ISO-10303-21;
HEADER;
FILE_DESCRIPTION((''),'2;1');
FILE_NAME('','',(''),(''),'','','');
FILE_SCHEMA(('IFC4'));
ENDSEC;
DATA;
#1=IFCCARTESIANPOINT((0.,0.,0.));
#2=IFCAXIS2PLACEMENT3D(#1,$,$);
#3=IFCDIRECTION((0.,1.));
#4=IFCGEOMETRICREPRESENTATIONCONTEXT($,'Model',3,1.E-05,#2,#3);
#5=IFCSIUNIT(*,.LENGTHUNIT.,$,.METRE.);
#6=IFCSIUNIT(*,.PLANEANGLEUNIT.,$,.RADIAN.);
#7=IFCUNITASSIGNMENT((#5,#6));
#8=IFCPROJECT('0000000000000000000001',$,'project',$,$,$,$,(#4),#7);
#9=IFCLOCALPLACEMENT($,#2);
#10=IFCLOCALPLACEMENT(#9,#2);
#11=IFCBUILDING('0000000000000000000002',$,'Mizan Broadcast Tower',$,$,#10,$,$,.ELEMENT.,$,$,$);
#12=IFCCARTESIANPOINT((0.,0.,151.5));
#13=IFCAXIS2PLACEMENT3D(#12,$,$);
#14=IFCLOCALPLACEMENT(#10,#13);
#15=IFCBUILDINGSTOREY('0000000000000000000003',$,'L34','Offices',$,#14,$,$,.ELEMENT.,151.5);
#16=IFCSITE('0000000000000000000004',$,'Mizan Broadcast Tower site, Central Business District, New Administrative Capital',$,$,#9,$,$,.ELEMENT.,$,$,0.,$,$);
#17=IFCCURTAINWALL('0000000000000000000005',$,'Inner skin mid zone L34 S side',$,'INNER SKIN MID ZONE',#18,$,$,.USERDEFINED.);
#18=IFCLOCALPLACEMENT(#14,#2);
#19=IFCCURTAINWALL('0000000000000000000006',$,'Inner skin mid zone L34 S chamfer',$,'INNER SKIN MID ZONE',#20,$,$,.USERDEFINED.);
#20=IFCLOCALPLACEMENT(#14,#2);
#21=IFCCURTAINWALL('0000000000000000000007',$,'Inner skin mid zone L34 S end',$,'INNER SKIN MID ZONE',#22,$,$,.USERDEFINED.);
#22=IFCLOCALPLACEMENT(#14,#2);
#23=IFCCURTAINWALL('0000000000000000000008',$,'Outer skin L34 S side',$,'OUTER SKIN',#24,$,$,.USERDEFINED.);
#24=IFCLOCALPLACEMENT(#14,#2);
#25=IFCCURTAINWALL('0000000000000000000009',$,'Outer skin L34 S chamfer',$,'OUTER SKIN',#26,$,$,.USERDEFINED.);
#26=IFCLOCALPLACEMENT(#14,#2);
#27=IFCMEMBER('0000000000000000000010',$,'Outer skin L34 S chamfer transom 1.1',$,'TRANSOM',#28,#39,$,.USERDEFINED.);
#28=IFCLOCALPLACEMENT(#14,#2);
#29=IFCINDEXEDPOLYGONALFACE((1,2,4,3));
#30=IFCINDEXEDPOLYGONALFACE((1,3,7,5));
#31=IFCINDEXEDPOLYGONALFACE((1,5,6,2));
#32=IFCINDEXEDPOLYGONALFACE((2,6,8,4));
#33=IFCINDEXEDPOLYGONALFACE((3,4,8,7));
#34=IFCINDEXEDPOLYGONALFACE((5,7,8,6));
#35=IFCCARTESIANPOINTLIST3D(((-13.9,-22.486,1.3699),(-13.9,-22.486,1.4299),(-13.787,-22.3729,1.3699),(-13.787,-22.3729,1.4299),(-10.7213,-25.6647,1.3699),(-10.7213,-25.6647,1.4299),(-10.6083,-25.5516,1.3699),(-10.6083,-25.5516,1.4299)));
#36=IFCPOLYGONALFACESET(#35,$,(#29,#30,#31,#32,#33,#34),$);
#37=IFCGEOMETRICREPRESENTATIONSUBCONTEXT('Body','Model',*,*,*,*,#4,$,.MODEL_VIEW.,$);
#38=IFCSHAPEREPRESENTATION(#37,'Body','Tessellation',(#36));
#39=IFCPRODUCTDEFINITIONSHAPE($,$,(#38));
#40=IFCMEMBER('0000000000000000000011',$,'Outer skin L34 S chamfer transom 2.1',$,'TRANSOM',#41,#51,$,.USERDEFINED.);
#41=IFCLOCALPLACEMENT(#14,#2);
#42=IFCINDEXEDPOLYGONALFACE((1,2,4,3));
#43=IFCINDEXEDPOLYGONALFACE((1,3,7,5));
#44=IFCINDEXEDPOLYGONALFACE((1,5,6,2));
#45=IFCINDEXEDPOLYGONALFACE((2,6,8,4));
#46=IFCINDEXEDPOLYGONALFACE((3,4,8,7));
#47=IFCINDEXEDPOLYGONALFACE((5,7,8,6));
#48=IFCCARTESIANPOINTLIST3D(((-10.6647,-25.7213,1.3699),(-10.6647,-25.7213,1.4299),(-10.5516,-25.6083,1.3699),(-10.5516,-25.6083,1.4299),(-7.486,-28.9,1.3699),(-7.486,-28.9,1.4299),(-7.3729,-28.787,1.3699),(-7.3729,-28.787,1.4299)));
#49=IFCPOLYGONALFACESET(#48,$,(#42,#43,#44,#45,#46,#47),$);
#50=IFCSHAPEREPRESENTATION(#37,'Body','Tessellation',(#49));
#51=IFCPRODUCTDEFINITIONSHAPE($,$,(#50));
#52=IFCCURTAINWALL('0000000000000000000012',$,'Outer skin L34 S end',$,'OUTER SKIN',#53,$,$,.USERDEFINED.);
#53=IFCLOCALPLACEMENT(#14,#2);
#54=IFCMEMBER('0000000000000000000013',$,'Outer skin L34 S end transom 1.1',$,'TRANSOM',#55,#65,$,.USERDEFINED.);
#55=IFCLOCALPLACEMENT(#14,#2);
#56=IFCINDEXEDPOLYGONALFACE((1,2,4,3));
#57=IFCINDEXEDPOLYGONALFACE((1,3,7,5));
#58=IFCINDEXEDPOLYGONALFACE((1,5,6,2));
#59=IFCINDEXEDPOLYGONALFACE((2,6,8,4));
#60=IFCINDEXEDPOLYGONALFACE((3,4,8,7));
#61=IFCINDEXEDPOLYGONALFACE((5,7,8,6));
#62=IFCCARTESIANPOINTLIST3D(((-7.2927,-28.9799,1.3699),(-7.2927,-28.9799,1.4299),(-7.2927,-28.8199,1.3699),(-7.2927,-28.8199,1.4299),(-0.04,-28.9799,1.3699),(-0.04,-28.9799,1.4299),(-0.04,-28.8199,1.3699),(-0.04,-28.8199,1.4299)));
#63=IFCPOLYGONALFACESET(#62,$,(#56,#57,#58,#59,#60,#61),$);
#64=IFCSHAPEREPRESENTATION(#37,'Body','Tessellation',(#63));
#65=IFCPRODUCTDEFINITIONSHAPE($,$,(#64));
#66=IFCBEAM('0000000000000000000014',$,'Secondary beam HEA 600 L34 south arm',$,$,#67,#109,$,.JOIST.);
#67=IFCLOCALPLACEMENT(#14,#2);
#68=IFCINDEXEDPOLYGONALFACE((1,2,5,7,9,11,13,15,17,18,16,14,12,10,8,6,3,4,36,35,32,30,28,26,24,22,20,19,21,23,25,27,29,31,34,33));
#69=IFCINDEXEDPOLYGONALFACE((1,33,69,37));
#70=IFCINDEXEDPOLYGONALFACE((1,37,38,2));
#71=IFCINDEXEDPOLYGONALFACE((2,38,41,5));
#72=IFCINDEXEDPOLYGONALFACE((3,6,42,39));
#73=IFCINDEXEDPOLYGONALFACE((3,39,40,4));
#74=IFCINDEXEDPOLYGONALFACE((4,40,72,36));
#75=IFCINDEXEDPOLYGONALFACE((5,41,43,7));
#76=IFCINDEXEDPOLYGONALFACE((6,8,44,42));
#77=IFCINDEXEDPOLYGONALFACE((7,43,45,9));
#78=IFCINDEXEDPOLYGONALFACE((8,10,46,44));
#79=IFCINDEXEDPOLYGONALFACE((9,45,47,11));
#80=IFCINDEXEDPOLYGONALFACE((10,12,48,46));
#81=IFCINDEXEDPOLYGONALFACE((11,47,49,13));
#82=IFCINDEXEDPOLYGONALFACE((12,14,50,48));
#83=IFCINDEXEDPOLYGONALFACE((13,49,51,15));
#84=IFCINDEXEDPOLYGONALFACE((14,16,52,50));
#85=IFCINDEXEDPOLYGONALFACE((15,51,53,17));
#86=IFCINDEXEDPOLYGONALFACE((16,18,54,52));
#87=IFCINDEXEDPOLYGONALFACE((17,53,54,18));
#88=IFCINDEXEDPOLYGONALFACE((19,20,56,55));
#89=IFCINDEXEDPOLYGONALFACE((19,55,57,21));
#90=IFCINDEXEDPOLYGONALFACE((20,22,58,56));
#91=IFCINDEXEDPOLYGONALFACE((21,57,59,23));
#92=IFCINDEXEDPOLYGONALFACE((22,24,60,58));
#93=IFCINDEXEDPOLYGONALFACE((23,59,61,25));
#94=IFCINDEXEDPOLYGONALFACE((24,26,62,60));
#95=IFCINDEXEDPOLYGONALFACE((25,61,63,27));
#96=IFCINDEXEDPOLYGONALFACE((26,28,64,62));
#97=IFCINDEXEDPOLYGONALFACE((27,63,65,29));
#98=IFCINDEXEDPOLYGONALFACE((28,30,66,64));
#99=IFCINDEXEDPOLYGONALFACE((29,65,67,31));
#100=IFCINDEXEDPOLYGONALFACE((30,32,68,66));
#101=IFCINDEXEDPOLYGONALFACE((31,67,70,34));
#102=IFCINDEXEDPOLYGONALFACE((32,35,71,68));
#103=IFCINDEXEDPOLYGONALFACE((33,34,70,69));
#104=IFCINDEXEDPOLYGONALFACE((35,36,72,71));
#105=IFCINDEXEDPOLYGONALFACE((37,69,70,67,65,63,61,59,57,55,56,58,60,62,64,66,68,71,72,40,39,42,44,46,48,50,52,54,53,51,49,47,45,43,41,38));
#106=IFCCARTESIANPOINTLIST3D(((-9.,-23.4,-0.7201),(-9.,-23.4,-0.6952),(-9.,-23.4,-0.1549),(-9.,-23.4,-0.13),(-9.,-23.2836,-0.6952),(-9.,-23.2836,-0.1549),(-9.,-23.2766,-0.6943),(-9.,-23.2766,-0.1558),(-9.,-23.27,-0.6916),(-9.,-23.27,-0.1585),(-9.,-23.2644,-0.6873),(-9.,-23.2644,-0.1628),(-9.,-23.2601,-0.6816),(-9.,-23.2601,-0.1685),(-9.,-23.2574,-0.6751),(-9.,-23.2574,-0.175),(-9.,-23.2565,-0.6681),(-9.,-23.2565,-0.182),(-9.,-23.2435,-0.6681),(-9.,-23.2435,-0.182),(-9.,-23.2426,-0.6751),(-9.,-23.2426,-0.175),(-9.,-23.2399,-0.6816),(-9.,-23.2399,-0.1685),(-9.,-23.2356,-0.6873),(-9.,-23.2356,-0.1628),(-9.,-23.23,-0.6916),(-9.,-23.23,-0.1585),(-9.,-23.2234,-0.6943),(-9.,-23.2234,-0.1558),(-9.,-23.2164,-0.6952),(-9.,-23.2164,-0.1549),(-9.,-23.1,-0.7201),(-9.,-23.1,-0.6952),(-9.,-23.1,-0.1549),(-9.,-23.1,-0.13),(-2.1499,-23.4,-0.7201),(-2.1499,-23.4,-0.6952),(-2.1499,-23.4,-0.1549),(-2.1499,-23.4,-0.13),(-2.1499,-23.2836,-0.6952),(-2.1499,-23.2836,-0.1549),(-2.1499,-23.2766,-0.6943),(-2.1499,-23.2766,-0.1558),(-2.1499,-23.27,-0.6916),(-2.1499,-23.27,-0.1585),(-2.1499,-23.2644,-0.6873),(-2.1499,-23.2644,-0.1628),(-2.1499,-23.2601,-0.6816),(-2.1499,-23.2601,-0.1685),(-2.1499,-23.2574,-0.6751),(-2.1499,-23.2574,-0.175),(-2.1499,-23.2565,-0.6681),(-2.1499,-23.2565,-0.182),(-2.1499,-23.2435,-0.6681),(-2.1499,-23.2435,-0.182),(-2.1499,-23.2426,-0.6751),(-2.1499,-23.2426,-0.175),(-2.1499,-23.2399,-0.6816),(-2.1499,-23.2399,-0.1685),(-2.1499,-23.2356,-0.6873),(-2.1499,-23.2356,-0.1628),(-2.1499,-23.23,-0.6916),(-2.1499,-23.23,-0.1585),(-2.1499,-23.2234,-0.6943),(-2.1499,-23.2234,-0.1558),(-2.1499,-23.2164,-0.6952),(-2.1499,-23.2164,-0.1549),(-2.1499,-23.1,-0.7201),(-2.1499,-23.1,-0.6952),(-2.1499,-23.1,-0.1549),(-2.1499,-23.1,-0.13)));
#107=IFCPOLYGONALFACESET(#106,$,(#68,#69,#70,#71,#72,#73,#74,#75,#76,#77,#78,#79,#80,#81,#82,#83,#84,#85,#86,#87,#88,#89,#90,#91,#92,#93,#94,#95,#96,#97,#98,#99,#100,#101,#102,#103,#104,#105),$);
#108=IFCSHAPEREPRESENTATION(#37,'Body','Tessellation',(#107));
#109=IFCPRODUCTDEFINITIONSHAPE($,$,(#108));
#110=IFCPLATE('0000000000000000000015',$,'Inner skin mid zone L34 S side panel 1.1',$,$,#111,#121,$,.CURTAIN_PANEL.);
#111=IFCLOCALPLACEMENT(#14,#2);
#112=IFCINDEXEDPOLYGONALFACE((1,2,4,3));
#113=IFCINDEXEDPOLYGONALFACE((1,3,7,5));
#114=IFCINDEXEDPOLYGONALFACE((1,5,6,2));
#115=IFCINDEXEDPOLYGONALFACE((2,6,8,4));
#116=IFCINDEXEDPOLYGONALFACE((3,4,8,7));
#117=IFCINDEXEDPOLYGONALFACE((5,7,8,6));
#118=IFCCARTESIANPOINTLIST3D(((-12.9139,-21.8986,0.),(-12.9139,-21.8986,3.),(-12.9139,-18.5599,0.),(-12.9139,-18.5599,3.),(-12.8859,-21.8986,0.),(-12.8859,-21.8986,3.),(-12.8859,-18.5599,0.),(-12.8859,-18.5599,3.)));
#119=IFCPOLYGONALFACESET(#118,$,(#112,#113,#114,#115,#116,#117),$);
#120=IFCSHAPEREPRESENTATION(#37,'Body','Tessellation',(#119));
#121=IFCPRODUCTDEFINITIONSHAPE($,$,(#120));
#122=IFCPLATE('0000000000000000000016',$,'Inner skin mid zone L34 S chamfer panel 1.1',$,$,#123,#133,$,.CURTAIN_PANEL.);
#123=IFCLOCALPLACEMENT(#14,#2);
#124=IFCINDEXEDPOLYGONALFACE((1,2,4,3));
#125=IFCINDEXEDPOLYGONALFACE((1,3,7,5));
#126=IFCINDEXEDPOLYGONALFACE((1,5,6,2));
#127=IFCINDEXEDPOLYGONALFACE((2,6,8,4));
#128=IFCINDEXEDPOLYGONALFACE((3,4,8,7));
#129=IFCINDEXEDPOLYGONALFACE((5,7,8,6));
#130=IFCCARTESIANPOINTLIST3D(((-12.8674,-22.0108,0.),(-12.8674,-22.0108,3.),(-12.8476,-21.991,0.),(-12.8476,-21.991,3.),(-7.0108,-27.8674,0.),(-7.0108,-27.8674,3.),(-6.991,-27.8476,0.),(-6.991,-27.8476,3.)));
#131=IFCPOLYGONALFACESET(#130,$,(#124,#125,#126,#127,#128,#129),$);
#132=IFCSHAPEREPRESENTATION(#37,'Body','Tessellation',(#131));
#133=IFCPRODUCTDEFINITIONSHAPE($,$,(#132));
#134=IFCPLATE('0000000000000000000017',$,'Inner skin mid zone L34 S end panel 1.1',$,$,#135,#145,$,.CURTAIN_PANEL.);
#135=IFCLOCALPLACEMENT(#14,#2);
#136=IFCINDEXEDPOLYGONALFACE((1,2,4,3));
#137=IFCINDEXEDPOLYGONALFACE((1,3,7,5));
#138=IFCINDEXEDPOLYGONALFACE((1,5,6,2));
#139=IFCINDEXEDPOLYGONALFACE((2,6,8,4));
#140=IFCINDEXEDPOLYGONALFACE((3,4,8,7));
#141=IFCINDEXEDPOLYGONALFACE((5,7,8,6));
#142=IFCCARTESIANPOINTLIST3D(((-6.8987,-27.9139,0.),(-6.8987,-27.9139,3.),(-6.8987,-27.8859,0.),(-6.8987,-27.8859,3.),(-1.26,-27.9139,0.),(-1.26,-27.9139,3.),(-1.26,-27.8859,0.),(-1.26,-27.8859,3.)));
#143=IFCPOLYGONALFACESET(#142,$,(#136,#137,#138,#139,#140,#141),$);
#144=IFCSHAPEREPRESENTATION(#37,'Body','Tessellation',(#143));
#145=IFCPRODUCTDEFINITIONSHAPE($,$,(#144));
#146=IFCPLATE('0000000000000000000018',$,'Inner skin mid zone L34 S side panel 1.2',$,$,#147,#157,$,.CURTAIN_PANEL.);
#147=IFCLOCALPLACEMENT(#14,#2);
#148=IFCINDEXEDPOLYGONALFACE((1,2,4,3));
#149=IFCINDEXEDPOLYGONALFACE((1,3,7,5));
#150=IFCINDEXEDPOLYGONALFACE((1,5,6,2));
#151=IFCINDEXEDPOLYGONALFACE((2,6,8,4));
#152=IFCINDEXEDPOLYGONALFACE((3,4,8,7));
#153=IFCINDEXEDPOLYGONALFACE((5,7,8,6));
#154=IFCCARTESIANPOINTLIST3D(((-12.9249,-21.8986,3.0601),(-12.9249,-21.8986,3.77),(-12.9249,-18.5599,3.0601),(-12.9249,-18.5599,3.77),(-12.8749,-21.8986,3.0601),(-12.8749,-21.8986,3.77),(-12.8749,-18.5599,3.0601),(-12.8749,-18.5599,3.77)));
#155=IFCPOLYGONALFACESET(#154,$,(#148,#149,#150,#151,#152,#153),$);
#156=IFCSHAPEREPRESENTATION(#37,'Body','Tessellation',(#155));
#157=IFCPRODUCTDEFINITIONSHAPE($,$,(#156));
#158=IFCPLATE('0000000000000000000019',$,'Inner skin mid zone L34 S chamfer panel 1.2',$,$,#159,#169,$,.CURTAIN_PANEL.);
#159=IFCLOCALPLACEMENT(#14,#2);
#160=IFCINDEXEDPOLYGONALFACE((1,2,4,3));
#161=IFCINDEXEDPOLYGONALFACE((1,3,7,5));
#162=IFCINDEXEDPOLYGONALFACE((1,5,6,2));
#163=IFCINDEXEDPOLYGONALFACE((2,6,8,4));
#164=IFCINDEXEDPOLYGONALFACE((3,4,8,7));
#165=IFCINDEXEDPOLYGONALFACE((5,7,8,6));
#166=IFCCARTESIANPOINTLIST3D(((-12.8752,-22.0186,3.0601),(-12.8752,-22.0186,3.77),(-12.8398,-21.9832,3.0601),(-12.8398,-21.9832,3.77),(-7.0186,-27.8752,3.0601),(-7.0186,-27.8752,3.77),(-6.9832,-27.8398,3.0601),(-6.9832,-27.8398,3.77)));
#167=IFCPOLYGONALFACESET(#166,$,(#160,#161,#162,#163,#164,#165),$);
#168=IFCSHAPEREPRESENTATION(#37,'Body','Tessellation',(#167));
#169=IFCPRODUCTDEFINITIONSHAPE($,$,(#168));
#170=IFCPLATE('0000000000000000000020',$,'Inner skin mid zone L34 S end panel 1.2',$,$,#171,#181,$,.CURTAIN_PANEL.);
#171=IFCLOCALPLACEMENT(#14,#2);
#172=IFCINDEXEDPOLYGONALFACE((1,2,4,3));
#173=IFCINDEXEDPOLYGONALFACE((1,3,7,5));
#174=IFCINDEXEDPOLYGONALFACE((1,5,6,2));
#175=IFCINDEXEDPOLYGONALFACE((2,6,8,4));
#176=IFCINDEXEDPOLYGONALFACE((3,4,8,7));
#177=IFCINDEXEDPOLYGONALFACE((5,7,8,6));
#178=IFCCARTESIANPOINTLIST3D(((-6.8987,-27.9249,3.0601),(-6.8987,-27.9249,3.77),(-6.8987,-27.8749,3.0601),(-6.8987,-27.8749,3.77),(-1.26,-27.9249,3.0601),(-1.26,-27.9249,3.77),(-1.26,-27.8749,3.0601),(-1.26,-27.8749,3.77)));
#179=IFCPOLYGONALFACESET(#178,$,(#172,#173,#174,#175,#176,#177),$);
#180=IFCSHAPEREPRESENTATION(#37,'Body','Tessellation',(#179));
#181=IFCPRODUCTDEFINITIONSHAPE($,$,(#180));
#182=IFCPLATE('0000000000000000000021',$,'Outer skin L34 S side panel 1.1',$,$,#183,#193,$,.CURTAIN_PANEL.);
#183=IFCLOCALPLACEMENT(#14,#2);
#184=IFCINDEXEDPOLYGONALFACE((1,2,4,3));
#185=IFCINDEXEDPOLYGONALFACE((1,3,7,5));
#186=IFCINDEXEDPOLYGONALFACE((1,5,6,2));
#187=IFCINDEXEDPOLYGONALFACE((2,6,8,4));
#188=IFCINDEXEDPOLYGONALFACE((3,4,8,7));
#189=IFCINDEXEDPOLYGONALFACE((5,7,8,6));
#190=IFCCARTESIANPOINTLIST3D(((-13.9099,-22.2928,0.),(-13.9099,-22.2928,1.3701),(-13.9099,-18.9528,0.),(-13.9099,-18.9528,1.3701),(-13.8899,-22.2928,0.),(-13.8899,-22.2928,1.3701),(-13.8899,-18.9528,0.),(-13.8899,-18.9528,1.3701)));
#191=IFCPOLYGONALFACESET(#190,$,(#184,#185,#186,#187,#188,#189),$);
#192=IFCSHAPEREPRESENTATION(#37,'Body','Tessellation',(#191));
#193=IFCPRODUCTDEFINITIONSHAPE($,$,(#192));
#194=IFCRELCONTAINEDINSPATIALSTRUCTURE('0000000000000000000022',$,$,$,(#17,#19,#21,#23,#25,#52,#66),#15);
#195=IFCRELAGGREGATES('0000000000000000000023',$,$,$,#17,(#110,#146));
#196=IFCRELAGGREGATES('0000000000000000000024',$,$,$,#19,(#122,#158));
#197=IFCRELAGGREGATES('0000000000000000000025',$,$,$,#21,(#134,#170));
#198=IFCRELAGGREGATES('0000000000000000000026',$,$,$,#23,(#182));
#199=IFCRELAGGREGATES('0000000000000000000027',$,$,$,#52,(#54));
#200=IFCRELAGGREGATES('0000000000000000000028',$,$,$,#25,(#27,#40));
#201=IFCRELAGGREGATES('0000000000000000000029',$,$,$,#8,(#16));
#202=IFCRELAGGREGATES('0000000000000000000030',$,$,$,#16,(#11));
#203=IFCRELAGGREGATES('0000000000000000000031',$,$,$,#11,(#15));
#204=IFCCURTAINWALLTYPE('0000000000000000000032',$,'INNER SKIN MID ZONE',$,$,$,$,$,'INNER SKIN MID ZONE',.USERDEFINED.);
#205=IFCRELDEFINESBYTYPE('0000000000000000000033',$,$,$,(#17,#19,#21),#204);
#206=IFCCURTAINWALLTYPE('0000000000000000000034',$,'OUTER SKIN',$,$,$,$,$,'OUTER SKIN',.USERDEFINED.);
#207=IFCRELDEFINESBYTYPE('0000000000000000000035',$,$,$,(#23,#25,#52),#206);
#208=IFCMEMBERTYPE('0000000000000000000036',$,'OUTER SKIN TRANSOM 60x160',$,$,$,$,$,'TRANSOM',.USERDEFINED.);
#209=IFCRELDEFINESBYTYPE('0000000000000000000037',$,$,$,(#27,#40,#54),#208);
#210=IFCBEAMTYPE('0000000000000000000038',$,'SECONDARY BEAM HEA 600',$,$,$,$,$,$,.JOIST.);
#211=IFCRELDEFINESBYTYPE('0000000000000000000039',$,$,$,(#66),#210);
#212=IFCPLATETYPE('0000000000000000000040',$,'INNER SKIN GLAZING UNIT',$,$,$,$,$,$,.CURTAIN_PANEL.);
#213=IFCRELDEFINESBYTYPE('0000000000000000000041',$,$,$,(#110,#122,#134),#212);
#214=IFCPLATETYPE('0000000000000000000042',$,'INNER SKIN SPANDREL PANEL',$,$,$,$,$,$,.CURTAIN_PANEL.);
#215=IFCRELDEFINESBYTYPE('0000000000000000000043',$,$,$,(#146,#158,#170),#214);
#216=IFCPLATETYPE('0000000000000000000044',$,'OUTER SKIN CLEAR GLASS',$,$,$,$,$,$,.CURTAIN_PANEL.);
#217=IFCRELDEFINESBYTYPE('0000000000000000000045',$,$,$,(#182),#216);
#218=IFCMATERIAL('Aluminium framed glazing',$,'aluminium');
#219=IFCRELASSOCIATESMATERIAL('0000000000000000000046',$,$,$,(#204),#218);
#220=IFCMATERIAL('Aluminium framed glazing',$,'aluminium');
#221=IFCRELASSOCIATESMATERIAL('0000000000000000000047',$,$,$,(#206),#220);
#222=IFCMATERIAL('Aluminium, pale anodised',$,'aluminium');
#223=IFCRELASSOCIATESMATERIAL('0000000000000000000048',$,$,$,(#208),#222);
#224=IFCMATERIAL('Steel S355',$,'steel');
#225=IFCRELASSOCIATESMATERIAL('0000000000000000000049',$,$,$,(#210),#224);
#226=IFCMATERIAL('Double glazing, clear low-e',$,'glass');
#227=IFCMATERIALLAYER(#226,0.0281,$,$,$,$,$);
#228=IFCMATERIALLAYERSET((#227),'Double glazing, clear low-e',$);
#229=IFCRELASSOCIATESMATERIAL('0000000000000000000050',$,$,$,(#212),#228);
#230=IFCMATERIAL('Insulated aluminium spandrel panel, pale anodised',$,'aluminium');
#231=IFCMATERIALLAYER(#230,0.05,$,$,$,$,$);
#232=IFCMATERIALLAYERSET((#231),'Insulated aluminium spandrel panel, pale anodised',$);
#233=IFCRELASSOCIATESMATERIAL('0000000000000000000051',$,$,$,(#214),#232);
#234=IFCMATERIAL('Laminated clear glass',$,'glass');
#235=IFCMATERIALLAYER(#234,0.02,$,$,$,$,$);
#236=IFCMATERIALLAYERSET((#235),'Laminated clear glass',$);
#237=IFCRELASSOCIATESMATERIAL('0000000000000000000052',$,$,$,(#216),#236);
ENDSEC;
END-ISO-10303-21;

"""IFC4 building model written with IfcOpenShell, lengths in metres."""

from ifc_helpers import new_model, si_unit, direction, frame, origin, origin_2d, place, context, subcontext, project, spatial, rectangle, i_section, extrude, material, layer, layer_set, material_profile, profile_set, type_object, element, aggregate, save


model = new_model("IFC4")

# Units and contexts
model_context = context("Model", 3, precision=1e-05, world=origin(), true_north=direction((0.0, 1.0)))
body_context = subcontext(model_context, "Body", "Model", "MODEL_VIEW")
ifc_project = project(units=[si_unit("LENGTHUNIT", "METRE"), si_unit("PLANEANGLEUNIT", "RADIAN")], contexts=[model_context])

# Site, building, storey
site_placement = place(None, origin())
site = spatial("IfcSite", under=ifc_project, at=site_placement, Name="Mizan Broadcast Tower site, Central Business District, New Administrative Capital", CompositionType="ELEMENT", RefElevation=0.0)
building_placement = place(site_placement, origin())
building = spatial("IfcBuilding", under=site, at=building_placement, Name="Mizan Broadcast Tower", CompositionType="ELEMENT")
storey_placement = place(building_placement, frame((0.0, 0.0, 151.5)))
storey = spatial("IfcBuildingStorey", under=building, at=storey_placement, Name="L34", Description="Offices", CompositionType="ELEMENT", Elevation=151.5)

# Curtain walls
ifc_material_1 = material(Name="Aluminium framed glazing", Category="aluminium")
curtain_wall_type_1 = type_object("IfcCurtainWallType", Name="INNER SKIN MID ZONE", ElementType="INNER SKIN MID ZONE", PredefinedType="USERDEFINED", material=ifc_material_1)
curtain_wall_1_placement = place(storey_placement, origin())
curtain_wall_1 = element("IfcCurtainWall", 1, at=curtain_wall_1_placement, inside=storey, type_object=curtain_wall_type_1, Name="Inner skin mid zone L34 S side", ObjectType="INNER SKIN MID ZONE", PredefinedType="USERDEFINED")
curtain_wall_2_placement = place(storey_placement, origin())
curtain_wall_2 = element("IfcCurtainWall", 2, at=curtain_wall_2_placement, inside=storey, type_object=curtain_wall_type_1, Name="Inner skin mid zone L34 S chamfer", ObjectType="INNER SKIN MID ZONE", PredefinedType="USERDEFINED")
curtain_wall_3_placement = place(storey_placement, origin())
curtain_wall_3 = element("IfcCurtainWall", 3, at=curtain_wall_3_placement, inside=storey, type_object=curtain_wall_type_1, Name="Inner skin mid zone L34 S end", ObjectType="INNER SKIN MID ZONE", PredefinedType="USERDEFINED")

# Curtain wall
ifc_material_2 = material(Name="Aluminium framed glazing", Category="aluminium")
curtain_wall_type_2 = type_object("IfcCurtainWallType", Name="OUTER SKIN", ElementType="OUTER SKIN", PredefinedType="USERDEFINED", material=ifc_material_2)
curtain_wall_4_placement = place(storey_placement, origin())
curtain_wall_4 = element("IfcCurtainWall", 4, at=curtain_wall_4_placement, inside=storey, type_object=curtain_wall_type_2, Name="Outer skin L34 S side", ObjectType="OUTER SKIN", PredefinedType="USERDEFINED")

# Curtain wall, members
curtain_wall_5_placement = place(storey_placement, origin())
curtain_wall_5 = element("IfcCurtainWall", 5, at=curtain_wall_5_placement, inside=storey, type_object=curtain_wall_type_2, Name="Outer skin L34 S chamfer", ObjectType="OUTER SKIN", PredefinedType="USERDEFINED")
ifc_material_3 = material(Name="Aluminium, pale anodised", Category="aluminium")
ifc_material_profile_1 = material_profile(ifc_material_3, rectangle(XDim=0.1599, YDim=0.0601, at=origin_2d()), Name="TRANSOM 160x60")
ifc_profile_set_1 = profile_set([ifc_material_profile_1], Name="Aluminium, pale anodised")
member_type_1 = type_object("IfcMemberType", Name="OUTER SKIN TRANSOM 60x160", ElementType="TRANSOM", PredefinedType="USERDEFINED", material=ifc_profile_set_1)
member_1_placement = place(storey_placement, frame((-13.8435, -22.4294, 1.3999), z_axis=(0.707107, -0.707107, 0.0), x_axis=(0.707107, 0.707107, 0.0)))
member_1 = element("IfcMember", 6, at=member_1_placement, type_object=member_type_1, Name="Outer skin L34 S chamfer transom 1.1", ObjectType="TRANSOM", PredefinedType="USERDEFINED", context=body_context, shape_type="SweptSolid", body=[
    extrude(rectangle(XDim=0.1599, YDim=0.0601, at=origin_2d()), origin(), (0.0, 0.0, 1.0), 4.4954),
])
member_2_placement = place(storey_placement, frame((-10.6082, -25.6648, 1.3999), z_axis=(0.707107, -0.707107, 0.0), x_axis=(0.707107, 0.707107, 0.0)))
member_2 = element("IfcMember", 7, at=member_2_placement, type_object=member_type_1, Name="Outer skin L34 S chamfer transom 2.1", ObjectType="TRANSOM", PredefinedType="USERDEFINED", context=body_context, shape_type="SweptSolid", body=[
    extrude(rectangle(XDim=0.1599, YDim=0.0601, at=origin_2d()), origin(), (0.0, 0.0, 1.0), 4.4954),
])

# Curtain wall, member
curtain_wall_6_placement = place(storey_placement, origin())
curtain_wall_6 = element("IfcCurtainWall", 8, at=curtain_wall_6_placement, inside=storey, type_object=curtain_wall_type_2, Name="Outer skin L34 S end", ObjectType="OUTER SKIN", PredefinedType="USERDEFINED")
member_3_placement = place(storey_placement, frame((-7.2927, -28.8999, 1.3999), z_axis=(1.0, 0.0, 0.0), x_axis=(0.0, 1.0, 0.0)))
member_3 = element("IfcMember", 9, at=member_3_placement, type_object=member_type_1, Name="Outer skin L34 S end transom 1.1", ObjectType="TRANSOM", PredefinedType="USERDEFINED", context=body_context, shape_type="SweptSolid", body=[
    extrude(rectangle(XDim=0.1599, YDim=0.0601, at=origin_2d()), origin(), (0.0, 0.0, 1.0), 7.2527),
])

# Beam
ifc_material_4 = material(Name="Steel S355", Category="steel")
ifc_material_profile_2 = material_profile(ifc_material_4, i_section(OverallWidth=0.3, OverallDepth=0.5901, WebThickness=0.0129, FlangeThickness=0.0249, FilletRadius=0.0271, at=origin_2d()), Name="HEA 600")
ifc_profile_set_2 = profile_set([ifc_material_profile_2], Name="Steel S355")
beam_type_1 = type_object("IfcBeamType", Name="SECONDARY BEAM HEA 600", PredefinedType="JOIST", material=ifc_profile_set_2)
beam_1_placement = place(storey_placement, frame((-9.0, -23.25, -0.425), z_axis=(1.0, 0.0, 0.0), x_axis=(0.0, 1.0, 0.0)))
element("IfcBeam", 10, at=beam_1_placement, inside=storey, type_object=beam_type_1, Name="Secondary beam HEA 600 L34 south arm", PredefinedType="JOIST", context=body_context, shape_type="SweptSolid", body=[
    extrude(i_section(OverallWidth=0.3, OverallDepth=0.5901, WebThickness=0.0129, FlangeThickness=0.0249, FilletRadius=0.0271, at=origin_2d()), origin(), (0.0, 0.0, 1.0), 6.8501),
])

# Plates
ifc_material_5 = material(Name="Double glazing, clear low-e", Category="glass")
ifc_layer_1 = layer(ifc_material_5, 0.0281)
ifc_layer_set_1 = layer_set([ifc_layer_1], Name="Double glazing, clear low-e")
plate_type_1 = type_object("IfcPlateType", Name="INNER SKIN GLAZING UNIT", PredefinedType="CURTAIN_PANEL", material=ifc_layer_set_1)
plate_1_placement = place(storey_placement, frame((-12.8999, -20.2292, 0.0), z_axis=(0.0, 0.0, 1.0), x_axis=(0.0, -1.0, 0.0)))
plate_1 = element("IfcPlate", 11, at=plate_1_placement, type_object=plate_type_1, Name="Inner skin mid zone L34 S side panel 1.1", PredefinedType="CURTAIN_PANEL", context=body_context, shape_type="SweptSolid", body=[
    extrude(rectangle(XDim=3.3386, YDim=0.0281, at=origin_2d()), origin(), (0.0, 0.0, 1.0), 3.0),
])
plate_2_placement = place(storey_placement, frame((-9.9292, -24.9292, 0.0), z_axis=(0.0, 0.0, 1.0), x_axis=(0.707107, -0.707107, 0.0)))
plate_2 = element("IfcPlate", 12, at=plate_2_placement, type_object=plate_type_1, Name="Inner skin mid zone L34 S chamfer panel 1.1", PredefinedType="CURTAIN_PANEL", context=body_context, shape_type="SweptSolid", body=[
    extrude(rectangle(XDim=8.2825, YDim=0.0281, at=origin_2d()), origin(), (0.0, 0.0, 1.0), 3.0),
])
plate_3_placement = place(storey_placement, frame((-4.0793, -27.8999, 0.0), z_axis=(0.0, 0.0, 1.0), x_axis=(1.0, 0.0, 0.0)))
plate_3 = element("IfcPlate", 13, at=plate_3_placement, type_object=plate_type_1, Name="Inner skin mid zone L34 S end panel 1.1", PredefinedType="CURTAIN_PANEL", context=body_context, shape_type="SweptSolid", body=[
    extrude(rectangle(XDim=5.6387, YDim=0.0281, at=origin_2d()), origin(), (0.0, 0.0, 1.0), 3.0),
])
ifc_material_6 = material(Name="Insulated aluminium spandrel panel, pale anodised", Category="aluminium")
ifc_layer_2 = layer(ifc_material_6, 0.05)
ifc_layer_set_2 = layer_set([ifc_layer_2], Name="Insulated aluminium spandrel panel, pale anodised")
plate_type_2 = type_object("IfcPlateType", Name="INNER SKIN SPANDREL PANEL", PredefinedType="CURTAIN_PANEL", material=ifc_layer_set_2)
plate_4_placement = place(storey_placement, frame((-12.8999, -20.2292, 3.0601), z_axis=(0.0, 0.0, 1.0), x_axis=(0.0, -1.0, 0.0)))
plate_4 = element("IfcPlate", 14, at=plate_4_placement, type_object=plate_type_2, Name="Inner skin mid zone L34 S side panel 1.2", PredefinedType="CURTAIN_PANEL", context=body_context, shape_type="SweptSolid", body=[
    extrude(rectangle(XDim=3.3386, YDim=0.05, at=origin_2d()), origin(), (0.0, 0.0, 1.0), 0.71),
])
aggregate(curtain_wall_1, [plate_1, plate_4])
plate_5_placement = place(storey_placement, frame((-9.9292, -24.9292, 3.0601), z_axis=(0.0, 0.0, 1.0), x_axis=(0.707107, -0.707107, 0.0)))
plate_5 = element("IfcPlate", 15, at=plate_5_placement, type_object=plate_type_2, Name="Inner skin mid zone L34 S chamfer panel 1.2", PredefinedType="CURTAIN_PANEL", context=body_context, shape_type="SweptSolid", body=[
    extrude(rectangle(XDim=8.2825, YDim=0.05, at=origin_2d()), origin(), (0.0, 0.0, 1.0), 0.71),
])
aggregate(curtain_wall_2, [plate_2, plate_5])
plate_6_placement = place(storey_placement, frame((-4.0793, -27.8999, 3.0601), z_axis=(0.0, 0.0, 1.0), x_axis=(1.0, 0.0, 0.0)))
plate_6 = element("IfcPlate", 16, at=plate_6_placement, type_object=plate_type_2, Name="Inner skin mid zone L34 S end panel 1.2", PredefinedType="CURTAIN_PANEL", context=body_context, shape_type="SweptSolid", body=[
    extrude(rectangle(XDim=5.6387, YDim=0.05, at=origin_2d()), origin(), (0.0, 0.0, 1.0), 0.71),
])
aggregate(curtain_wall_3, [plate_3, plate_6])
ifc_material_7 = material(Name="Laminated clear glass", Category="glass")
ifc_layer_3 = layer(ifc_material_7, 0.02)
ifc_layer_set_3 = layer_set([ifc_layer_3], Name="Laminated clear glass")
plate_type_3 = type_object("IfcPlateType", Name="OUTER SKIN CLEAR GLASS", PredefinedType="CURTAIN_PANEL", material=ifc_layer_set_3)
plate_7_placement = place(storey_placement, frame((-13.8999, -20.6228, 0.0), z_axis=(0.0, 0.0, 1.0), x_axis=(0.0, -1.0, 0.0)))
plate_7 = element("IfcPlate", 17, at=plate_7_placement, type_object=plate_type_3, Name="Outer skin L34 S side panel 1.1", PredefinedType="CURTAIN_PANEL", context=body_context, shape_type="SweptSolid", body=[
    extrude(rectangle(XDim=3.3401, YDim=0.02, at=origin_2d()), origin(), (0.0, 0.0, 1.0), 1.3701),
])
aggregate(curtain_wall_4, [plate_7])
aggregate(curtain_wall_6, [member_3])
aggregate(curtain_wall_5, [member_1, member_2])

save(model, "model.ifc")
